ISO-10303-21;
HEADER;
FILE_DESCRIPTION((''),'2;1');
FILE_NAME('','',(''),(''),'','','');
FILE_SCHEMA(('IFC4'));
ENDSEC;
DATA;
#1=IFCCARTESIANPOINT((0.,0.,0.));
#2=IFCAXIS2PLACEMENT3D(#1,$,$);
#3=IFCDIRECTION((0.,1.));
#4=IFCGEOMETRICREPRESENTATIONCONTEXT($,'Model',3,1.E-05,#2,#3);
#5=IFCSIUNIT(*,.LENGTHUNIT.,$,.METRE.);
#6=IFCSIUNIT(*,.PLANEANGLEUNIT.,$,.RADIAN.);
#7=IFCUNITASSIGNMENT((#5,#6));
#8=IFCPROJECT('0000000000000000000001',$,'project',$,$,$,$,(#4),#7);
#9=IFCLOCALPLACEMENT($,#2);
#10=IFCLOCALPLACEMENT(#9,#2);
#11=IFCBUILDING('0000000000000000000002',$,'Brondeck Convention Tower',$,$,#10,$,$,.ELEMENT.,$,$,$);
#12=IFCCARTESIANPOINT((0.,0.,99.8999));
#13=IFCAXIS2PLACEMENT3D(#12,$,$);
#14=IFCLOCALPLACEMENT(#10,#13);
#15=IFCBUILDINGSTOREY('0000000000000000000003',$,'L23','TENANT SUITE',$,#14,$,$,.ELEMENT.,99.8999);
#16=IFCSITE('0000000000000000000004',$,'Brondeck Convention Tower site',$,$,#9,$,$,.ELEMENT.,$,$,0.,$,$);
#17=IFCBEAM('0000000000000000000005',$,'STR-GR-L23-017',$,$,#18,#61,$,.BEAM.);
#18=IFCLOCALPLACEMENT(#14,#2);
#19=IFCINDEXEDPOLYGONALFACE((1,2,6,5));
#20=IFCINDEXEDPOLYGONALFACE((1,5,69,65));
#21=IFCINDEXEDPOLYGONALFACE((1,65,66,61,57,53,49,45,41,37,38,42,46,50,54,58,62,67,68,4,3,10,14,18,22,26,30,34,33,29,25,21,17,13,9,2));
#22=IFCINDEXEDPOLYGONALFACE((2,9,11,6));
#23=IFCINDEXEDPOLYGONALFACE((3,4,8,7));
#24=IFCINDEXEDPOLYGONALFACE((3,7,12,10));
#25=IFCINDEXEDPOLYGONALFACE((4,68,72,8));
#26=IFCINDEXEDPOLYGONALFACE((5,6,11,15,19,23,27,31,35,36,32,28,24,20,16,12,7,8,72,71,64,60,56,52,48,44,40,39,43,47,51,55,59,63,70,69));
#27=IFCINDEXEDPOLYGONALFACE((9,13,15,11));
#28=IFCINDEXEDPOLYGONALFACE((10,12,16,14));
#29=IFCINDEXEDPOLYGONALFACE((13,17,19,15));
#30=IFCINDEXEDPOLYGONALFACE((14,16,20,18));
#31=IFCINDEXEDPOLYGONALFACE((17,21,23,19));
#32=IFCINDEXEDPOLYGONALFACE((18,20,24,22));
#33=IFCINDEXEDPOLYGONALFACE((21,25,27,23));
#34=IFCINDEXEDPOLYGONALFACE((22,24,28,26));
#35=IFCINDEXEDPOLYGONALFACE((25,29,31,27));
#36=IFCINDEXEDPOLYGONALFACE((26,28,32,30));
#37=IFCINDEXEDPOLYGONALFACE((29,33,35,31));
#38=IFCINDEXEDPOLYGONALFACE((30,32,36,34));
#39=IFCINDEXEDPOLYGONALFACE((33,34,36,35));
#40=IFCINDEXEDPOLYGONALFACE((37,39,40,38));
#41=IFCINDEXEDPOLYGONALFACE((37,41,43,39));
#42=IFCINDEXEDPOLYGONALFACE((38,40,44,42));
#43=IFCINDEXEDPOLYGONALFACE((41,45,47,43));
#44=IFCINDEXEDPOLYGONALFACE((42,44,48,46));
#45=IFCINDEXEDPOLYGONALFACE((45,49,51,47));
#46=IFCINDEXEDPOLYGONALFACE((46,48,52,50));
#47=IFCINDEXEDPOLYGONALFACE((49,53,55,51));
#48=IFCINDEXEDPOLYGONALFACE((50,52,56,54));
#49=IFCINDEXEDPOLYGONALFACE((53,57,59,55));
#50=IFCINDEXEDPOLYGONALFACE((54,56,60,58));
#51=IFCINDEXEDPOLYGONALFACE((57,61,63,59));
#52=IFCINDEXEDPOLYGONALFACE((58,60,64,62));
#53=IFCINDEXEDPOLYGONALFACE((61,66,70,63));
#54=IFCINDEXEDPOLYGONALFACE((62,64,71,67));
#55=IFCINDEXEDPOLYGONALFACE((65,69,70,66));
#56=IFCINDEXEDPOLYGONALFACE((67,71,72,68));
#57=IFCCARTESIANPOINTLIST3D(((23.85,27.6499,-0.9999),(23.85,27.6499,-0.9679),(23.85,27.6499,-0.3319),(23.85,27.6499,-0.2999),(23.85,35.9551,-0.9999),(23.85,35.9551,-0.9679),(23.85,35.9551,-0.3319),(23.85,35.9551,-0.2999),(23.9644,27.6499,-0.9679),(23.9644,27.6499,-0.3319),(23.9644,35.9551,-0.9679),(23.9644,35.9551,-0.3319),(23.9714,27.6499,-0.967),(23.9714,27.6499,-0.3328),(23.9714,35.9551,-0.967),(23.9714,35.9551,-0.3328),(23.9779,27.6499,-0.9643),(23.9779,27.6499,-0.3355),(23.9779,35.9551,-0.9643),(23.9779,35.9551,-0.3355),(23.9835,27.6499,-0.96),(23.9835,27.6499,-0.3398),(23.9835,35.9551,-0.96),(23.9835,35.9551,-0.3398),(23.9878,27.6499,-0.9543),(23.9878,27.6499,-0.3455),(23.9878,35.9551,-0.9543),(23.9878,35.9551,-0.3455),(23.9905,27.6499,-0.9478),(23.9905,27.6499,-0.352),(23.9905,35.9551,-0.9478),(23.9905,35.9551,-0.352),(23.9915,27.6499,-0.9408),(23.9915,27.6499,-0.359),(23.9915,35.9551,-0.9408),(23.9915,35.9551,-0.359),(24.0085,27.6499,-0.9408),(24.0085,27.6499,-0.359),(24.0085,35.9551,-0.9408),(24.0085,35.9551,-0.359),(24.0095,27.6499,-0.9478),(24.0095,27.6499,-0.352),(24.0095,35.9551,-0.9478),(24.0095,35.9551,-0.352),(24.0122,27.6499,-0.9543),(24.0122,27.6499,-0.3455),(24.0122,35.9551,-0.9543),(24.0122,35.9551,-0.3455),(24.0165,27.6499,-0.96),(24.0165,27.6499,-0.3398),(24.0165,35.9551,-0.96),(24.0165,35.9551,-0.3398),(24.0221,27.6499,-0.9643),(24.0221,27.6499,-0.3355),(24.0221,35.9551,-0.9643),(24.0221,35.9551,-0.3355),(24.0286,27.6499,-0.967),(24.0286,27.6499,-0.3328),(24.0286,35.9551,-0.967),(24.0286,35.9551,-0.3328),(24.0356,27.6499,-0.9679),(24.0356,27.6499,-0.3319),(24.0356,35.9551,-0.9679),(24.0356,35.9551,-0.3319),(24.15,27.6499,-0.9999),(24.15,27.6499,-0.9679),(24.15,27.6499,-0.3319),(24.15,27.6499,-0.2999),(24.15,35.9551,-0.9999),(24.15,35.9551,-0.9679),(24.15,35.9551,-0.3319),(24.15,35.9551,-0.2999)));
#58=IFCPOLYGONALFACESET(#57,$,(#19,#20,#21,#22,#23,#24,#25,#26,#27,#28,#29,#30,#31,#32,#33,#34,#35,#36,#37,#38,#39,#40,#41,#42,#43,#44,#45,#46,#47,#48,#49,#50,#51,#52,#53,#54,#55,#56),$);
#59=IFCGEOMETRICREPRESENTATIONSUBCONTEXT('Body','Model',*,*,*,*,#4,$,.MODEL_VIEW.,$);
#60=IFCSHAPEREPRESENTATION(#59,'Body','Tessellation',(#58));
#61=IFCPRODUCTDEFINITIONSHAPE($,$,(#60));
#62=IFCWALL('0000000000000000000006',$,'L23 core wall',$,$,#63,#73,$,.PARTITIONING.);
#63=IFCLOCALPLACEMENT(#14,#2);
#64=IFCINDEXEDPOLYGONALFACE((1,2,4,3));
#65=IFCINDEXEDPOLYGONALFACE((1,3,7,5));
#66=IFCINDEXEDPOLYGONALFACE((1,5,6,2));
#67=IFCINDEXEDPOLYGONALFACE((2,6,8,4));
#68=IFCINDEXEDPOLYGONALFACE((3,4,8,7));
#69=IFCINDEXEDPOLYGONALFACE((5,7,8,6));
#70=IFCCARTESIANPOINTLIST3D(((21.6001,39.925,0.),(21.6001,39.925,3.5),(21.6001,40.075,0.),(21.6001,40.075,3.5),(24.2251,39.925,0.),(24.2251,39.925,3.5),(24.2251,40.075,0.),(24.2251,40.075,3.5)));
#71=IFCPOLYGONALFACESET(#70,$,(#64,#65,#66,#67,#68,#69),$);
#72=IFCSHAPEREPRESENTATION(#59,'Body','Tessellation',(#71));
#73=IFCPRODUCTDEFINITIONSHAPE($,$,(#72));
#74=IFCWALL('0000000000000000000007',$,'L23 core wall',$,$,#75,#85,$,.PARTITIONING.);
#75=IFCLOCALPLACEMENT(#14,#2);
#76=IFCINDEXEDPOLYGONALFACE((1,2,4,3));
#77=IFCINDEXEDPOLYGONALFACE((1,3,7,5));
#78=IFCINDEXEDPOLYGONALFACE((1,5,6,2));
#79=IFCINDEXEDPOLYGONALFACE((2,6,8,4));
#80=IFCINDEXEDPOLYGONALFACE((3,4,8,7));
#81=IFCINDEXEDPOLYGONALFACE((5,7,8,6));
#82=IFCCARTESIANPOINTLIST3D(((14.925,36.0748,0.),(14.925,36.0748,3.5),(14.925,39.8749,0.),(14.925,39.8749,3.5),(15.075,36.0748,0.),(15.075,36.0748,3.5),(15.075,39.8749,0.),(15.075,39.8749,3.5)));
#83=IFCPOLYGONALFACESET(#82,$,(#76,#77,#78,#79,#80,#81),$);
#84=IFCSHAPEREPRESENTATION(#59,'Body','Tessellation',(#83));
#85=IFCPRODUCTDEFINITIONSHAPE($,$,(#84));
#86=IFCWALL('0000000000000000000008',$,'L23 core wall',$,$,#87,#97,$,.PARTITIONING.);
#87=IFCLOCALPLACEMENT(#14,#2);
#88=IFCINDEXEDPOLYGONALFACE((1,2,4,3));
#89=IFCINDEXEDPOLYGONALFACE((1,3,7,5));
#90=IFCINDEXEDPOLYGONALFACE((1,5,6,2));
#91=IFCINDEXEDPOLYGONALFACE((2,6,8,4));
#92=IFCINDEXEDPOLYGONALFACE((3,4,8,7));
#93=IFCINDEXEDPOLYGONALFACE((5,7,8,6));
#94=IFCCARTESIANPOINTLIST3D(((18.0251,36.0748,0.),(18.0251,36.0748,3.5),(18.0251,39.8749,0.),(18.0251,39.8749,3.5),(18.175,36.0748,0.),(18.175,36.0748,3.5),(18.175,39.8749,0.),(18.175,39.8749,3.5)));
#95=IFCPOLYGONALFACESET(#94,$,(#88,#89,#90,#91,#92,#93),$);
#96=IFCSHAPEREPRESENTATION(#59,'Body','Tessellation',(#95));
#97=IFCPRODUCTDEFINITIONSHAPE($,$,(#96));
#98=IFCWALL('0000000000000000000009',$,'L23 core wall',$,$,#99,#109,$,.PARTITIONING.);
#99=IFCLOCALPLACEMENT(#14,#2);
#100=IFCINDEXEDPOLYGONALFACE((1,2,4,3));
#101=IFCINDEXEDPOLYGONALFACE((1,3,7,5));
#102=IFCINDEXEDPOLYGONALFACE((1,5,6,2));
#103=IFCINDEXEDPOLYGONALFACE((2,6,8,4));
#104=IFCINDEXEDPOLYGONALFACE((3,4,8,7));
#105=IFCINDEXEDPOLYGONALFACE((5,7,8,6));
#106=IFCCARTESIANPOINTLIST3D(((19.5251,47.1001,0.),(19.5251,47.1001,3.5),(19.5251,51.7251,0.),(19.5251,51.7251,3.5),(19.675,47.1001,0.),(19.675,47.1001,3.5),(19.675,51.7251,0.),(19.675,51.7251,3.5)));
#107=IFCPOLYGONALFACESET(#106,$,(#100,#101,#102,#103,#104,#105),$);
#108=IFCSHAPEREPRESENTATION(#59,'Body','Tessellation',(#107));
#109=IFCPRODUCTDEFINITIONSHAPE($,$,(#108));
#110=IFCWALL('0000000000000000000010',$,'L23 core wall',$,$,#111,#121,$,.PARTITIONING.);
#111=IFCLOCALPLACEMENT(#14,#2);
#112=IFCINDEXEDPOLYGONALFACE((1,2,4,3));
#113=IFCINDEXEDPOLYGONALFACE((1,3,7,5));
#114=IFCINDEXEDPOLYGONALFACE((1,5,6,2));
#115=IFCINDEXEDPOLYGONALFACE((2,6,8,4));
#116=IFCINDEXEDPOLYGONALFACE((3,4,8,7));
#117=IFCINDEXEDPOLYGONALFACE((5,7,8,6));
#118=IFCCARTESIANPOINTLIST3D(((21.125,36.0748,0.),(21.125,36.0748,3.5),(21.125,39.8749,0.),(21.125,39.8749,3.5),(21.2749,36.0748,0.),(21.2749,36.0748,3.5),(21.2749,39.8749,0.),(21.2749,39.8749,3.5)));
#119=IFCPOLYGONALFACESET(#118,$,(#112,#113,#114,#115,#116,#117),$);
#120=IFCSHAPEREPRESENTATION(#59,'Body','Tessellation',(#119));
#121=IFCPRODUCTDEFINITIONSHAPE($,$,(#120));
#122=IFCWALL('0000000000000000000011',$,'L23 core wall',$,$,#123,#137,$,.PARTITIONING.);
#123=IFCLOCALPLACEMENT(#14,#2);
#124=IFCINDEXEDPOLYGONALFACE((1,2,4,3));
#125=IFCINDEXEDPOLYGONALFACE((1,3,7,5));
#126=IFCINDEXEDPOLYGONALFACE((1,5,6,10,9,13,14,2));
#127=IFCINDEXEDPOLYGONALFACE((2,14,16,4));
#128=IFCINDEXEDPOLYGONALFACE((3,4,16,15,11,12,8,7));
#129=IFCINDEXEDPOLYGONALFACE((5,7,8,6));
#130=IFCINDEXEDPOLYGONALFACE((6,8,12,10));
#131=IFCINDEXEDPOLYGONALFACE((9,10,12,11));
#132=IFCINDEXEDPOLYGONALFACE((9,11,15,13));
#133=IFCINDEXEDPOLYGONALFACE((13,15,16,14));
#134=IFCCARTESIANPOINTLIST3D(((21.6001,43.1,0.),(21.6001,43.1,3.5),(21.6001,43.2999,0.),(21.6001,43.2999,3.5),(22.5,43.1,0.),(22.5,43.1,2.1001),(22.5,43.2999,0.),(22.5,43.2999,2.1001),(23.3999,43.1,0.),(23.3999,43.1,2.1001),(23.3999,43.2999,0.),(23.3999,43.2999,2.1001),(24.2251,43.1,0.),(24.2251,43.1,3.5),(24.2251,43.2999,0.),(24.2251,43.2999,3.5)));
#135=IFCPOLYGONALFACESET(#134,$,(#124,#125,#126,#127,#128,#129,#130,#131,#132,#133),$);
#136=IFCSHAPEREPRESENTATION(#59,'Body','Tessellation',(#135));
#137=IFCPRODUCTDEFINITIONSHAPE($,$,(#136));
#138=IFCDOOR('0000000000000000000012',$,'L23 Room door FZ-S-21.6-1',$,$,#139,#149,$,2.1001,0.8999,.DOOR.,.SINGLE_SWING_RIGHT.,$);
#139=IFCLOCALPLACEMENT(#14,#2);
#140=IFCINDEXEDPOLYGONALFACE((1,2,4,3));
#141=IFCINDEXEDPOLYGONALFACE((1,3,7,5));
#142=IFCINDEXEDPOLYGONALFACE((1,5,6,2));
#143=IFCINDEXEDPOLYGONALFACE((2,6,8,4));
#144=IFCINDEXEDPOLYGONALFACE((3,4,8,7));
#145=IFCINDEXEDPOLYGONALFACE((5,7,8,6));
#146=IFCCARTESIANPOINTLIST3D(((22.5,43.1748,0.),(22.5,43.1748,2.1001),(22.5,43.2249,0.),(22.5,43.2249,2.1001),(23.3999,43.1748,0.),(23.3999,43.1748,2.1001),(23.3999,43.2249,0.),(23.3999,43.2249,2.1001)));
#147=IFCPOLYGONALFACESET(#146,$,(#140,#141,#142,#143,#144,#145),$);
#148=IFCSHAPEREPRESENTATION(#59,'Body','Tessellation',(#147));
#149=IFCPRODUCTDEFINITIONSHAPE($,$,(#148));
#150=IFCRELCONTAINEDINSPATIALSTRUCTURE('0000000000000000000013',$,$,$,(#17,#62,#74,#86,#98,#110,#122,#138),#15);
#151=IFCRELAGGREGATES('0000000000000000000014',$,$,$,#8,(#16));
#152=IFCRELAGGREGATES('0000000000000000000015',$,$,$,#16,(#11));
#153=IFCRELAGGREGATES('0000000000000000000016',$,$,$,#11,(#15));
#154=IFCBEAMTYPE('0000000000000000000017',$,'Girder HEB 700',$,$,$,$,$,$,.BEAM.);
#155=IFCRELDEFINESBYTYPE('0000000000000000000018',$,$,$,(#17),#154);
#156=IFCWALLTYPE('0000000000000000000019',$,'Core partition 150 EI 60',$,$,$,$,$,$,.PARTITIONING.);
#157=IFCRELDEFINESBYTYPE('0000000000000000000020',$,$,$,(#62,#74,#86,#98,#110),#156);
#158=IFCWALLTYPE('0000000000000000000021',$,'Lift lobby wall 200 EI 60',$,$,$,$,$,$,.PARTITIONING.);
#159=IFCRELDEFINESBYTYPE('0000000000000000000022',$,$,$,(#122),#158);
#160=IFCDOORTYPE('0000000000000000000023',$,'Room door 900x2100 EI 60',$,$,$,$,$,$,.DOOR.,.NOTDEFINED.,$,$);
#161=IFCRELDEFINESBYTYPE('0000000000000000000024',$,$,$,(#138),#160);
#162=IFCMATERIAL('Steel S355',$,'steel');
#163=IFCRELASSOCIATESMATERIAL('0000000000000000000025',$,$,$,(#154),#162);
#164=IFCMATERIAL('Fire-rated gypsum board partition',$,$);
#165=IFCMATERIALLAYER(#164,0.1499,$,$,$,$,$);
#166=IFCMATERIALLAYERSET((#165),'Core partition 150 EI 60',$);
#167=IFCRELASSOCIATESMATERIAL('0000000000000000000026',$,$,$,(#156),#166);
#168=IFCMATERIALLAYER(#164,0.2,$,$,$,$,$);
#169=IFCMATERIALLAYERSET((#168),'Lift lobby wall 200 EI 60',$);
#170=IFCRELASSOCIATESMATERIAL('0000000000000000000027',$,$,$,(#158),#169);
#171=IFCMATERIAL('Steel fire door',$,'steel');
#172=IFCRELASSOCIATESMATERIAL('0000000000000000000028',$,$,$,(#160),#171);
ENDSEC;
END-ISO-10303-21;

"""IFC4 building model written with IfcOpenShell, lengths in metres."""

from ifc_helpers import new_model, si_unit, direction, frame, frame_2d, origin, origin_2d, place, context, subcontext, project, spatial, rectangle, i_section, extrude, material, layer, layer_set, material_profile, profile_set, type_object, element, fill, save


model = new_model("IFC4")

# Units and contexts
model_context = context("Model", 3, precision=1e-05, world=origin(), true_north=direction((0.0, 1.0)))
body_context = subcontext(model_context, "Body", "Model", "MODEL_VIEW")
ifc_project = project(units=[si_unit("LENGTHUNIT", "METRE"), si_unit("PLANEANGLEUNIT", "RADIAN")], contexts=[model_context])

# Site, building, storey
site_placement = place(None, origin())
site = spatial("IfcSite", under=ifc_project, at=site_placement, Name="Brondeck Convention Tower site", CompositionType="ELEMENT", RefElevation=0.0)
building_placement = place(site_placement, origin())
building = spatial("IfcBuilding", under=site, at=building_placement, Name="Brondeck Convention Tower", CompositionType="ELEMENT")
storey_placement = place(building_placement, frame((0.0, 0.0, 99.8999)))
storey = spatial("IfcBuildingStorey", under=building, at=storey_placement, Name="L23", Description="TENANT SUITE", CompositionType="ELEMENT", Elevation=99.8999)

# Beam
ifc_material_1 = material(Name="Steel S355", Category="steel")
ifc_material_profile = material_profile(ifc_material_1, i_section(OverallWidth=0.3, OverallDepth=0.7, WebThickness=0.0171, FlangeThickness=0.032, FilletRadius=0.0271, at=origin_2d()), Name="HEB 700")
ifc_profile_set = profile_set([ifc_material_profile], Name="Steel S355")
beam_type = type_object("IfcBeamType", Name="Girder HEB 700", PredefinedType="BEAM", material=ifc_profile_set)
beam_placement = place(storey_placement, frame((24.0, 35.9551, -0.6499), z_axis=(0.0, -1.0, 0.0), x_axis=(1.0, 0.0, 0.0)))
element("IfcBeam", 1, at=beam_placement, inside=storey, type_object=beam_type, Name="STR-GR-L23-017", PredefinedType="BEAM", context=body_context, shape_type="SweptSolid", body=[
    extrude(i_section(OverallWidth=0.3, OverallDepth=0.7, WebThickness=0.0171, FlangeThickness=0.032, FilletRadius=0.0271, at=origin_2d()), origin(), (0.0, 0.0, 1.0), 8.3052),
])

# Walls
ifc_material_2 = material(Name="Fire-rated gypsum board partition")
ifc_layer_1 = layer(ifc_material_2, 0.1499)
ifc_layer_set_1 = layer_set([ifc_layer_1], Name="Core partition 150 EI 60")
wall_type_1 = type_object("IfcWallType", Name="Core partition 150 EI 60", PredefinedType="PARTITIONING", material=ifc_layer_set_1)
wall_1_placement = place(storey_placement, frame((21.6001, 40.0, 0.0), z_axis=(0.0, 0.0, 1.0), x_axis=(1.0, 0.0, 0.0)))
element("IfcWall", 2, at=wall_1_placement, inside=storey, type_object=wall_type_1, Name="L23 core wall", PredefinedType="PARTITIONING", context=body_context, shape_type="SweptSolid", body=[
    extrude(rectangle(XDim=2.625, YDim=0.1499, at=frame_2d((1.3125, 0.0))), origin(), (0.0, 0.0, 1.0), 3.5),
])
for number, where, z_axis, x_axis, name in (
    (3, (15.0, 36.075, 0.0), (0.0, 0.0, 1.0), (0.0, 1.0, 0.0), "L23 core wall"),
    (4, (18.1001, 36.075, 0.0), (0.0, 0.0, 1.0), (0.0, 1.0, 0.0), "L23 core wall"),
):
    element("IfcWall", number, at=place(storey_placement, frame(where, z_axis=z_axis, x_axis=x_axis)), inside=storey, type_object=wall_type_1, Name=name, PredefinedType="PARTITIONING", context=body_context, shape_type="SweptSolid", body=[
        extrude(rectangle(XDim=3.8, YDim=0.1499, at=frame_2d((1.8999, 0.0))), origin(), (0.0, 0.0, 1.0), 3.5),
    ])
wall_2_placement = place(storey_placement, frame((19.6001, 47.1001, 0.0), z_axis=(0.0, 0.0, 1.0), x_axis=(0.0, 1.0, 0.0)))
element("IfcWall", 5, at=wall_2_placement, inside=storey, type_object=wall_type_1, Name="L23 core wall", PredefinedType="PARTITIONING", context=body_context, shape_type="SweptSolid", body=[
    extrude(rectangle(XDim=4.625, YDim=0.1499, at=frame_2d((2.3125, 0.0))), origin(), (0.0, 0.0, 1.0), 3.5),
])
wall_3_placement = place(storey_placement, frame((21.2, 36.075, 0.0), z_axis=(0.0, 0.0, 1.0), x_axis=(0.0, 1.0, 0.0)))
element("IfcWall", 6, at=wall_3_placement, inside=storey, type_object=wall_type_1, Name="L23 core wall", PredefinedType="PARTITIONING", context=body_context, shape_type="SweptSolid", body=[
    extrude(rectangle(XDim=3.8, YDim=0.1499, at=frame_2d((1.8999, 0.0))), origin(), (0.0, 0.0, 1.0), 3.5),
])

# Wall, opening, door
ifc_layer_2 = layer(ifc_material_2, 0.2)
ifc_layer_set_2 = layer_set([ifc_layer_2], Name="Lift lobby wall 200 EI 60")
wall_type_2 = type_object("IfcWallType", Name="Lift lobby wall 200 EI 60", PredefinedType="PARTITIONING", material=ifc_layer_set_2)
wall_4_placement = place(storey_placement, frame((21.6001, 43.2, 0.0), z_axis=(0.0, 0.0, 1.0), x_axis=(1.0, 0.0, 0.0)))
wall_4 = element("IfcWall", 7, at=wall_4_placement, inside=storey, type_object=wall_type_2, Name="L23 core wall", PredefinedType="PARTITIONING", context=body_context, shape_type="SweptSolid", body=[
    extrude(rectangle(XDim=2.625, YDim=0.2, at=frame_2d((1.3125, 0.0))), origin(), (0.0, 0.0, 1.0), 3.5),
])
opening_1_placement = place(wall_4_placement, frame((0.8999, 0.0, 0.0)))
opening_1 = element("IfcOpeningElement", 8, at=opening_1_placement, cuts=wall_4, PredefinedType="OPENING", context=body_context, shape_type="SweptSolid", body=[
    extrude(rectangle(XDim=0.8999, YDim=2.1001, at=frame_2d((0.45, 1.05))), frame((0.0, 0.1099, 0.0), z_axis=(0.0, -1.0, 0.0), x_axis=(1.0, 0.0, 0.0)), (0.0, 0.0, 1.0), 0.22),
])
ifc_material_3 = material(Name="Steel fire door", Category="steel")
door_type_1 = type_object("IfcDoorType", Name="Room door 900x2100 EI 60", OperationType="NOTDEFINED", PredefinedType="DOOR", material=ifc_material_3)
door_1_placement = place(opening_1_placement, origin())
door_1 = element("IfcDoor", 9, at=door_1_placement, inside=storey, type_object=door_type_1, Name="L23 Room door FZ-S-21.6-1", OperationType="SINGLE_SWING_RIGHT", OverallHeight=2.1001, OverallWidth=0.8999, PredefinedType="DOOR", context=body_context, shape_type="SweptSolid", body=[
    extrude(rectangle(XDim=0.8999, YDim=2.1001, at=frame_2d((0.45, 1.05))), frame((0.0, 0.0249, 0.0), z_axis=(0.0, -1.0, 0.0), x_axis=(1.0, 0.0, 0.0)), (0.0, 0.0, 1.0), 0.05),
])
fill(opening_1, door_1)

save(model, "model.ifc")
